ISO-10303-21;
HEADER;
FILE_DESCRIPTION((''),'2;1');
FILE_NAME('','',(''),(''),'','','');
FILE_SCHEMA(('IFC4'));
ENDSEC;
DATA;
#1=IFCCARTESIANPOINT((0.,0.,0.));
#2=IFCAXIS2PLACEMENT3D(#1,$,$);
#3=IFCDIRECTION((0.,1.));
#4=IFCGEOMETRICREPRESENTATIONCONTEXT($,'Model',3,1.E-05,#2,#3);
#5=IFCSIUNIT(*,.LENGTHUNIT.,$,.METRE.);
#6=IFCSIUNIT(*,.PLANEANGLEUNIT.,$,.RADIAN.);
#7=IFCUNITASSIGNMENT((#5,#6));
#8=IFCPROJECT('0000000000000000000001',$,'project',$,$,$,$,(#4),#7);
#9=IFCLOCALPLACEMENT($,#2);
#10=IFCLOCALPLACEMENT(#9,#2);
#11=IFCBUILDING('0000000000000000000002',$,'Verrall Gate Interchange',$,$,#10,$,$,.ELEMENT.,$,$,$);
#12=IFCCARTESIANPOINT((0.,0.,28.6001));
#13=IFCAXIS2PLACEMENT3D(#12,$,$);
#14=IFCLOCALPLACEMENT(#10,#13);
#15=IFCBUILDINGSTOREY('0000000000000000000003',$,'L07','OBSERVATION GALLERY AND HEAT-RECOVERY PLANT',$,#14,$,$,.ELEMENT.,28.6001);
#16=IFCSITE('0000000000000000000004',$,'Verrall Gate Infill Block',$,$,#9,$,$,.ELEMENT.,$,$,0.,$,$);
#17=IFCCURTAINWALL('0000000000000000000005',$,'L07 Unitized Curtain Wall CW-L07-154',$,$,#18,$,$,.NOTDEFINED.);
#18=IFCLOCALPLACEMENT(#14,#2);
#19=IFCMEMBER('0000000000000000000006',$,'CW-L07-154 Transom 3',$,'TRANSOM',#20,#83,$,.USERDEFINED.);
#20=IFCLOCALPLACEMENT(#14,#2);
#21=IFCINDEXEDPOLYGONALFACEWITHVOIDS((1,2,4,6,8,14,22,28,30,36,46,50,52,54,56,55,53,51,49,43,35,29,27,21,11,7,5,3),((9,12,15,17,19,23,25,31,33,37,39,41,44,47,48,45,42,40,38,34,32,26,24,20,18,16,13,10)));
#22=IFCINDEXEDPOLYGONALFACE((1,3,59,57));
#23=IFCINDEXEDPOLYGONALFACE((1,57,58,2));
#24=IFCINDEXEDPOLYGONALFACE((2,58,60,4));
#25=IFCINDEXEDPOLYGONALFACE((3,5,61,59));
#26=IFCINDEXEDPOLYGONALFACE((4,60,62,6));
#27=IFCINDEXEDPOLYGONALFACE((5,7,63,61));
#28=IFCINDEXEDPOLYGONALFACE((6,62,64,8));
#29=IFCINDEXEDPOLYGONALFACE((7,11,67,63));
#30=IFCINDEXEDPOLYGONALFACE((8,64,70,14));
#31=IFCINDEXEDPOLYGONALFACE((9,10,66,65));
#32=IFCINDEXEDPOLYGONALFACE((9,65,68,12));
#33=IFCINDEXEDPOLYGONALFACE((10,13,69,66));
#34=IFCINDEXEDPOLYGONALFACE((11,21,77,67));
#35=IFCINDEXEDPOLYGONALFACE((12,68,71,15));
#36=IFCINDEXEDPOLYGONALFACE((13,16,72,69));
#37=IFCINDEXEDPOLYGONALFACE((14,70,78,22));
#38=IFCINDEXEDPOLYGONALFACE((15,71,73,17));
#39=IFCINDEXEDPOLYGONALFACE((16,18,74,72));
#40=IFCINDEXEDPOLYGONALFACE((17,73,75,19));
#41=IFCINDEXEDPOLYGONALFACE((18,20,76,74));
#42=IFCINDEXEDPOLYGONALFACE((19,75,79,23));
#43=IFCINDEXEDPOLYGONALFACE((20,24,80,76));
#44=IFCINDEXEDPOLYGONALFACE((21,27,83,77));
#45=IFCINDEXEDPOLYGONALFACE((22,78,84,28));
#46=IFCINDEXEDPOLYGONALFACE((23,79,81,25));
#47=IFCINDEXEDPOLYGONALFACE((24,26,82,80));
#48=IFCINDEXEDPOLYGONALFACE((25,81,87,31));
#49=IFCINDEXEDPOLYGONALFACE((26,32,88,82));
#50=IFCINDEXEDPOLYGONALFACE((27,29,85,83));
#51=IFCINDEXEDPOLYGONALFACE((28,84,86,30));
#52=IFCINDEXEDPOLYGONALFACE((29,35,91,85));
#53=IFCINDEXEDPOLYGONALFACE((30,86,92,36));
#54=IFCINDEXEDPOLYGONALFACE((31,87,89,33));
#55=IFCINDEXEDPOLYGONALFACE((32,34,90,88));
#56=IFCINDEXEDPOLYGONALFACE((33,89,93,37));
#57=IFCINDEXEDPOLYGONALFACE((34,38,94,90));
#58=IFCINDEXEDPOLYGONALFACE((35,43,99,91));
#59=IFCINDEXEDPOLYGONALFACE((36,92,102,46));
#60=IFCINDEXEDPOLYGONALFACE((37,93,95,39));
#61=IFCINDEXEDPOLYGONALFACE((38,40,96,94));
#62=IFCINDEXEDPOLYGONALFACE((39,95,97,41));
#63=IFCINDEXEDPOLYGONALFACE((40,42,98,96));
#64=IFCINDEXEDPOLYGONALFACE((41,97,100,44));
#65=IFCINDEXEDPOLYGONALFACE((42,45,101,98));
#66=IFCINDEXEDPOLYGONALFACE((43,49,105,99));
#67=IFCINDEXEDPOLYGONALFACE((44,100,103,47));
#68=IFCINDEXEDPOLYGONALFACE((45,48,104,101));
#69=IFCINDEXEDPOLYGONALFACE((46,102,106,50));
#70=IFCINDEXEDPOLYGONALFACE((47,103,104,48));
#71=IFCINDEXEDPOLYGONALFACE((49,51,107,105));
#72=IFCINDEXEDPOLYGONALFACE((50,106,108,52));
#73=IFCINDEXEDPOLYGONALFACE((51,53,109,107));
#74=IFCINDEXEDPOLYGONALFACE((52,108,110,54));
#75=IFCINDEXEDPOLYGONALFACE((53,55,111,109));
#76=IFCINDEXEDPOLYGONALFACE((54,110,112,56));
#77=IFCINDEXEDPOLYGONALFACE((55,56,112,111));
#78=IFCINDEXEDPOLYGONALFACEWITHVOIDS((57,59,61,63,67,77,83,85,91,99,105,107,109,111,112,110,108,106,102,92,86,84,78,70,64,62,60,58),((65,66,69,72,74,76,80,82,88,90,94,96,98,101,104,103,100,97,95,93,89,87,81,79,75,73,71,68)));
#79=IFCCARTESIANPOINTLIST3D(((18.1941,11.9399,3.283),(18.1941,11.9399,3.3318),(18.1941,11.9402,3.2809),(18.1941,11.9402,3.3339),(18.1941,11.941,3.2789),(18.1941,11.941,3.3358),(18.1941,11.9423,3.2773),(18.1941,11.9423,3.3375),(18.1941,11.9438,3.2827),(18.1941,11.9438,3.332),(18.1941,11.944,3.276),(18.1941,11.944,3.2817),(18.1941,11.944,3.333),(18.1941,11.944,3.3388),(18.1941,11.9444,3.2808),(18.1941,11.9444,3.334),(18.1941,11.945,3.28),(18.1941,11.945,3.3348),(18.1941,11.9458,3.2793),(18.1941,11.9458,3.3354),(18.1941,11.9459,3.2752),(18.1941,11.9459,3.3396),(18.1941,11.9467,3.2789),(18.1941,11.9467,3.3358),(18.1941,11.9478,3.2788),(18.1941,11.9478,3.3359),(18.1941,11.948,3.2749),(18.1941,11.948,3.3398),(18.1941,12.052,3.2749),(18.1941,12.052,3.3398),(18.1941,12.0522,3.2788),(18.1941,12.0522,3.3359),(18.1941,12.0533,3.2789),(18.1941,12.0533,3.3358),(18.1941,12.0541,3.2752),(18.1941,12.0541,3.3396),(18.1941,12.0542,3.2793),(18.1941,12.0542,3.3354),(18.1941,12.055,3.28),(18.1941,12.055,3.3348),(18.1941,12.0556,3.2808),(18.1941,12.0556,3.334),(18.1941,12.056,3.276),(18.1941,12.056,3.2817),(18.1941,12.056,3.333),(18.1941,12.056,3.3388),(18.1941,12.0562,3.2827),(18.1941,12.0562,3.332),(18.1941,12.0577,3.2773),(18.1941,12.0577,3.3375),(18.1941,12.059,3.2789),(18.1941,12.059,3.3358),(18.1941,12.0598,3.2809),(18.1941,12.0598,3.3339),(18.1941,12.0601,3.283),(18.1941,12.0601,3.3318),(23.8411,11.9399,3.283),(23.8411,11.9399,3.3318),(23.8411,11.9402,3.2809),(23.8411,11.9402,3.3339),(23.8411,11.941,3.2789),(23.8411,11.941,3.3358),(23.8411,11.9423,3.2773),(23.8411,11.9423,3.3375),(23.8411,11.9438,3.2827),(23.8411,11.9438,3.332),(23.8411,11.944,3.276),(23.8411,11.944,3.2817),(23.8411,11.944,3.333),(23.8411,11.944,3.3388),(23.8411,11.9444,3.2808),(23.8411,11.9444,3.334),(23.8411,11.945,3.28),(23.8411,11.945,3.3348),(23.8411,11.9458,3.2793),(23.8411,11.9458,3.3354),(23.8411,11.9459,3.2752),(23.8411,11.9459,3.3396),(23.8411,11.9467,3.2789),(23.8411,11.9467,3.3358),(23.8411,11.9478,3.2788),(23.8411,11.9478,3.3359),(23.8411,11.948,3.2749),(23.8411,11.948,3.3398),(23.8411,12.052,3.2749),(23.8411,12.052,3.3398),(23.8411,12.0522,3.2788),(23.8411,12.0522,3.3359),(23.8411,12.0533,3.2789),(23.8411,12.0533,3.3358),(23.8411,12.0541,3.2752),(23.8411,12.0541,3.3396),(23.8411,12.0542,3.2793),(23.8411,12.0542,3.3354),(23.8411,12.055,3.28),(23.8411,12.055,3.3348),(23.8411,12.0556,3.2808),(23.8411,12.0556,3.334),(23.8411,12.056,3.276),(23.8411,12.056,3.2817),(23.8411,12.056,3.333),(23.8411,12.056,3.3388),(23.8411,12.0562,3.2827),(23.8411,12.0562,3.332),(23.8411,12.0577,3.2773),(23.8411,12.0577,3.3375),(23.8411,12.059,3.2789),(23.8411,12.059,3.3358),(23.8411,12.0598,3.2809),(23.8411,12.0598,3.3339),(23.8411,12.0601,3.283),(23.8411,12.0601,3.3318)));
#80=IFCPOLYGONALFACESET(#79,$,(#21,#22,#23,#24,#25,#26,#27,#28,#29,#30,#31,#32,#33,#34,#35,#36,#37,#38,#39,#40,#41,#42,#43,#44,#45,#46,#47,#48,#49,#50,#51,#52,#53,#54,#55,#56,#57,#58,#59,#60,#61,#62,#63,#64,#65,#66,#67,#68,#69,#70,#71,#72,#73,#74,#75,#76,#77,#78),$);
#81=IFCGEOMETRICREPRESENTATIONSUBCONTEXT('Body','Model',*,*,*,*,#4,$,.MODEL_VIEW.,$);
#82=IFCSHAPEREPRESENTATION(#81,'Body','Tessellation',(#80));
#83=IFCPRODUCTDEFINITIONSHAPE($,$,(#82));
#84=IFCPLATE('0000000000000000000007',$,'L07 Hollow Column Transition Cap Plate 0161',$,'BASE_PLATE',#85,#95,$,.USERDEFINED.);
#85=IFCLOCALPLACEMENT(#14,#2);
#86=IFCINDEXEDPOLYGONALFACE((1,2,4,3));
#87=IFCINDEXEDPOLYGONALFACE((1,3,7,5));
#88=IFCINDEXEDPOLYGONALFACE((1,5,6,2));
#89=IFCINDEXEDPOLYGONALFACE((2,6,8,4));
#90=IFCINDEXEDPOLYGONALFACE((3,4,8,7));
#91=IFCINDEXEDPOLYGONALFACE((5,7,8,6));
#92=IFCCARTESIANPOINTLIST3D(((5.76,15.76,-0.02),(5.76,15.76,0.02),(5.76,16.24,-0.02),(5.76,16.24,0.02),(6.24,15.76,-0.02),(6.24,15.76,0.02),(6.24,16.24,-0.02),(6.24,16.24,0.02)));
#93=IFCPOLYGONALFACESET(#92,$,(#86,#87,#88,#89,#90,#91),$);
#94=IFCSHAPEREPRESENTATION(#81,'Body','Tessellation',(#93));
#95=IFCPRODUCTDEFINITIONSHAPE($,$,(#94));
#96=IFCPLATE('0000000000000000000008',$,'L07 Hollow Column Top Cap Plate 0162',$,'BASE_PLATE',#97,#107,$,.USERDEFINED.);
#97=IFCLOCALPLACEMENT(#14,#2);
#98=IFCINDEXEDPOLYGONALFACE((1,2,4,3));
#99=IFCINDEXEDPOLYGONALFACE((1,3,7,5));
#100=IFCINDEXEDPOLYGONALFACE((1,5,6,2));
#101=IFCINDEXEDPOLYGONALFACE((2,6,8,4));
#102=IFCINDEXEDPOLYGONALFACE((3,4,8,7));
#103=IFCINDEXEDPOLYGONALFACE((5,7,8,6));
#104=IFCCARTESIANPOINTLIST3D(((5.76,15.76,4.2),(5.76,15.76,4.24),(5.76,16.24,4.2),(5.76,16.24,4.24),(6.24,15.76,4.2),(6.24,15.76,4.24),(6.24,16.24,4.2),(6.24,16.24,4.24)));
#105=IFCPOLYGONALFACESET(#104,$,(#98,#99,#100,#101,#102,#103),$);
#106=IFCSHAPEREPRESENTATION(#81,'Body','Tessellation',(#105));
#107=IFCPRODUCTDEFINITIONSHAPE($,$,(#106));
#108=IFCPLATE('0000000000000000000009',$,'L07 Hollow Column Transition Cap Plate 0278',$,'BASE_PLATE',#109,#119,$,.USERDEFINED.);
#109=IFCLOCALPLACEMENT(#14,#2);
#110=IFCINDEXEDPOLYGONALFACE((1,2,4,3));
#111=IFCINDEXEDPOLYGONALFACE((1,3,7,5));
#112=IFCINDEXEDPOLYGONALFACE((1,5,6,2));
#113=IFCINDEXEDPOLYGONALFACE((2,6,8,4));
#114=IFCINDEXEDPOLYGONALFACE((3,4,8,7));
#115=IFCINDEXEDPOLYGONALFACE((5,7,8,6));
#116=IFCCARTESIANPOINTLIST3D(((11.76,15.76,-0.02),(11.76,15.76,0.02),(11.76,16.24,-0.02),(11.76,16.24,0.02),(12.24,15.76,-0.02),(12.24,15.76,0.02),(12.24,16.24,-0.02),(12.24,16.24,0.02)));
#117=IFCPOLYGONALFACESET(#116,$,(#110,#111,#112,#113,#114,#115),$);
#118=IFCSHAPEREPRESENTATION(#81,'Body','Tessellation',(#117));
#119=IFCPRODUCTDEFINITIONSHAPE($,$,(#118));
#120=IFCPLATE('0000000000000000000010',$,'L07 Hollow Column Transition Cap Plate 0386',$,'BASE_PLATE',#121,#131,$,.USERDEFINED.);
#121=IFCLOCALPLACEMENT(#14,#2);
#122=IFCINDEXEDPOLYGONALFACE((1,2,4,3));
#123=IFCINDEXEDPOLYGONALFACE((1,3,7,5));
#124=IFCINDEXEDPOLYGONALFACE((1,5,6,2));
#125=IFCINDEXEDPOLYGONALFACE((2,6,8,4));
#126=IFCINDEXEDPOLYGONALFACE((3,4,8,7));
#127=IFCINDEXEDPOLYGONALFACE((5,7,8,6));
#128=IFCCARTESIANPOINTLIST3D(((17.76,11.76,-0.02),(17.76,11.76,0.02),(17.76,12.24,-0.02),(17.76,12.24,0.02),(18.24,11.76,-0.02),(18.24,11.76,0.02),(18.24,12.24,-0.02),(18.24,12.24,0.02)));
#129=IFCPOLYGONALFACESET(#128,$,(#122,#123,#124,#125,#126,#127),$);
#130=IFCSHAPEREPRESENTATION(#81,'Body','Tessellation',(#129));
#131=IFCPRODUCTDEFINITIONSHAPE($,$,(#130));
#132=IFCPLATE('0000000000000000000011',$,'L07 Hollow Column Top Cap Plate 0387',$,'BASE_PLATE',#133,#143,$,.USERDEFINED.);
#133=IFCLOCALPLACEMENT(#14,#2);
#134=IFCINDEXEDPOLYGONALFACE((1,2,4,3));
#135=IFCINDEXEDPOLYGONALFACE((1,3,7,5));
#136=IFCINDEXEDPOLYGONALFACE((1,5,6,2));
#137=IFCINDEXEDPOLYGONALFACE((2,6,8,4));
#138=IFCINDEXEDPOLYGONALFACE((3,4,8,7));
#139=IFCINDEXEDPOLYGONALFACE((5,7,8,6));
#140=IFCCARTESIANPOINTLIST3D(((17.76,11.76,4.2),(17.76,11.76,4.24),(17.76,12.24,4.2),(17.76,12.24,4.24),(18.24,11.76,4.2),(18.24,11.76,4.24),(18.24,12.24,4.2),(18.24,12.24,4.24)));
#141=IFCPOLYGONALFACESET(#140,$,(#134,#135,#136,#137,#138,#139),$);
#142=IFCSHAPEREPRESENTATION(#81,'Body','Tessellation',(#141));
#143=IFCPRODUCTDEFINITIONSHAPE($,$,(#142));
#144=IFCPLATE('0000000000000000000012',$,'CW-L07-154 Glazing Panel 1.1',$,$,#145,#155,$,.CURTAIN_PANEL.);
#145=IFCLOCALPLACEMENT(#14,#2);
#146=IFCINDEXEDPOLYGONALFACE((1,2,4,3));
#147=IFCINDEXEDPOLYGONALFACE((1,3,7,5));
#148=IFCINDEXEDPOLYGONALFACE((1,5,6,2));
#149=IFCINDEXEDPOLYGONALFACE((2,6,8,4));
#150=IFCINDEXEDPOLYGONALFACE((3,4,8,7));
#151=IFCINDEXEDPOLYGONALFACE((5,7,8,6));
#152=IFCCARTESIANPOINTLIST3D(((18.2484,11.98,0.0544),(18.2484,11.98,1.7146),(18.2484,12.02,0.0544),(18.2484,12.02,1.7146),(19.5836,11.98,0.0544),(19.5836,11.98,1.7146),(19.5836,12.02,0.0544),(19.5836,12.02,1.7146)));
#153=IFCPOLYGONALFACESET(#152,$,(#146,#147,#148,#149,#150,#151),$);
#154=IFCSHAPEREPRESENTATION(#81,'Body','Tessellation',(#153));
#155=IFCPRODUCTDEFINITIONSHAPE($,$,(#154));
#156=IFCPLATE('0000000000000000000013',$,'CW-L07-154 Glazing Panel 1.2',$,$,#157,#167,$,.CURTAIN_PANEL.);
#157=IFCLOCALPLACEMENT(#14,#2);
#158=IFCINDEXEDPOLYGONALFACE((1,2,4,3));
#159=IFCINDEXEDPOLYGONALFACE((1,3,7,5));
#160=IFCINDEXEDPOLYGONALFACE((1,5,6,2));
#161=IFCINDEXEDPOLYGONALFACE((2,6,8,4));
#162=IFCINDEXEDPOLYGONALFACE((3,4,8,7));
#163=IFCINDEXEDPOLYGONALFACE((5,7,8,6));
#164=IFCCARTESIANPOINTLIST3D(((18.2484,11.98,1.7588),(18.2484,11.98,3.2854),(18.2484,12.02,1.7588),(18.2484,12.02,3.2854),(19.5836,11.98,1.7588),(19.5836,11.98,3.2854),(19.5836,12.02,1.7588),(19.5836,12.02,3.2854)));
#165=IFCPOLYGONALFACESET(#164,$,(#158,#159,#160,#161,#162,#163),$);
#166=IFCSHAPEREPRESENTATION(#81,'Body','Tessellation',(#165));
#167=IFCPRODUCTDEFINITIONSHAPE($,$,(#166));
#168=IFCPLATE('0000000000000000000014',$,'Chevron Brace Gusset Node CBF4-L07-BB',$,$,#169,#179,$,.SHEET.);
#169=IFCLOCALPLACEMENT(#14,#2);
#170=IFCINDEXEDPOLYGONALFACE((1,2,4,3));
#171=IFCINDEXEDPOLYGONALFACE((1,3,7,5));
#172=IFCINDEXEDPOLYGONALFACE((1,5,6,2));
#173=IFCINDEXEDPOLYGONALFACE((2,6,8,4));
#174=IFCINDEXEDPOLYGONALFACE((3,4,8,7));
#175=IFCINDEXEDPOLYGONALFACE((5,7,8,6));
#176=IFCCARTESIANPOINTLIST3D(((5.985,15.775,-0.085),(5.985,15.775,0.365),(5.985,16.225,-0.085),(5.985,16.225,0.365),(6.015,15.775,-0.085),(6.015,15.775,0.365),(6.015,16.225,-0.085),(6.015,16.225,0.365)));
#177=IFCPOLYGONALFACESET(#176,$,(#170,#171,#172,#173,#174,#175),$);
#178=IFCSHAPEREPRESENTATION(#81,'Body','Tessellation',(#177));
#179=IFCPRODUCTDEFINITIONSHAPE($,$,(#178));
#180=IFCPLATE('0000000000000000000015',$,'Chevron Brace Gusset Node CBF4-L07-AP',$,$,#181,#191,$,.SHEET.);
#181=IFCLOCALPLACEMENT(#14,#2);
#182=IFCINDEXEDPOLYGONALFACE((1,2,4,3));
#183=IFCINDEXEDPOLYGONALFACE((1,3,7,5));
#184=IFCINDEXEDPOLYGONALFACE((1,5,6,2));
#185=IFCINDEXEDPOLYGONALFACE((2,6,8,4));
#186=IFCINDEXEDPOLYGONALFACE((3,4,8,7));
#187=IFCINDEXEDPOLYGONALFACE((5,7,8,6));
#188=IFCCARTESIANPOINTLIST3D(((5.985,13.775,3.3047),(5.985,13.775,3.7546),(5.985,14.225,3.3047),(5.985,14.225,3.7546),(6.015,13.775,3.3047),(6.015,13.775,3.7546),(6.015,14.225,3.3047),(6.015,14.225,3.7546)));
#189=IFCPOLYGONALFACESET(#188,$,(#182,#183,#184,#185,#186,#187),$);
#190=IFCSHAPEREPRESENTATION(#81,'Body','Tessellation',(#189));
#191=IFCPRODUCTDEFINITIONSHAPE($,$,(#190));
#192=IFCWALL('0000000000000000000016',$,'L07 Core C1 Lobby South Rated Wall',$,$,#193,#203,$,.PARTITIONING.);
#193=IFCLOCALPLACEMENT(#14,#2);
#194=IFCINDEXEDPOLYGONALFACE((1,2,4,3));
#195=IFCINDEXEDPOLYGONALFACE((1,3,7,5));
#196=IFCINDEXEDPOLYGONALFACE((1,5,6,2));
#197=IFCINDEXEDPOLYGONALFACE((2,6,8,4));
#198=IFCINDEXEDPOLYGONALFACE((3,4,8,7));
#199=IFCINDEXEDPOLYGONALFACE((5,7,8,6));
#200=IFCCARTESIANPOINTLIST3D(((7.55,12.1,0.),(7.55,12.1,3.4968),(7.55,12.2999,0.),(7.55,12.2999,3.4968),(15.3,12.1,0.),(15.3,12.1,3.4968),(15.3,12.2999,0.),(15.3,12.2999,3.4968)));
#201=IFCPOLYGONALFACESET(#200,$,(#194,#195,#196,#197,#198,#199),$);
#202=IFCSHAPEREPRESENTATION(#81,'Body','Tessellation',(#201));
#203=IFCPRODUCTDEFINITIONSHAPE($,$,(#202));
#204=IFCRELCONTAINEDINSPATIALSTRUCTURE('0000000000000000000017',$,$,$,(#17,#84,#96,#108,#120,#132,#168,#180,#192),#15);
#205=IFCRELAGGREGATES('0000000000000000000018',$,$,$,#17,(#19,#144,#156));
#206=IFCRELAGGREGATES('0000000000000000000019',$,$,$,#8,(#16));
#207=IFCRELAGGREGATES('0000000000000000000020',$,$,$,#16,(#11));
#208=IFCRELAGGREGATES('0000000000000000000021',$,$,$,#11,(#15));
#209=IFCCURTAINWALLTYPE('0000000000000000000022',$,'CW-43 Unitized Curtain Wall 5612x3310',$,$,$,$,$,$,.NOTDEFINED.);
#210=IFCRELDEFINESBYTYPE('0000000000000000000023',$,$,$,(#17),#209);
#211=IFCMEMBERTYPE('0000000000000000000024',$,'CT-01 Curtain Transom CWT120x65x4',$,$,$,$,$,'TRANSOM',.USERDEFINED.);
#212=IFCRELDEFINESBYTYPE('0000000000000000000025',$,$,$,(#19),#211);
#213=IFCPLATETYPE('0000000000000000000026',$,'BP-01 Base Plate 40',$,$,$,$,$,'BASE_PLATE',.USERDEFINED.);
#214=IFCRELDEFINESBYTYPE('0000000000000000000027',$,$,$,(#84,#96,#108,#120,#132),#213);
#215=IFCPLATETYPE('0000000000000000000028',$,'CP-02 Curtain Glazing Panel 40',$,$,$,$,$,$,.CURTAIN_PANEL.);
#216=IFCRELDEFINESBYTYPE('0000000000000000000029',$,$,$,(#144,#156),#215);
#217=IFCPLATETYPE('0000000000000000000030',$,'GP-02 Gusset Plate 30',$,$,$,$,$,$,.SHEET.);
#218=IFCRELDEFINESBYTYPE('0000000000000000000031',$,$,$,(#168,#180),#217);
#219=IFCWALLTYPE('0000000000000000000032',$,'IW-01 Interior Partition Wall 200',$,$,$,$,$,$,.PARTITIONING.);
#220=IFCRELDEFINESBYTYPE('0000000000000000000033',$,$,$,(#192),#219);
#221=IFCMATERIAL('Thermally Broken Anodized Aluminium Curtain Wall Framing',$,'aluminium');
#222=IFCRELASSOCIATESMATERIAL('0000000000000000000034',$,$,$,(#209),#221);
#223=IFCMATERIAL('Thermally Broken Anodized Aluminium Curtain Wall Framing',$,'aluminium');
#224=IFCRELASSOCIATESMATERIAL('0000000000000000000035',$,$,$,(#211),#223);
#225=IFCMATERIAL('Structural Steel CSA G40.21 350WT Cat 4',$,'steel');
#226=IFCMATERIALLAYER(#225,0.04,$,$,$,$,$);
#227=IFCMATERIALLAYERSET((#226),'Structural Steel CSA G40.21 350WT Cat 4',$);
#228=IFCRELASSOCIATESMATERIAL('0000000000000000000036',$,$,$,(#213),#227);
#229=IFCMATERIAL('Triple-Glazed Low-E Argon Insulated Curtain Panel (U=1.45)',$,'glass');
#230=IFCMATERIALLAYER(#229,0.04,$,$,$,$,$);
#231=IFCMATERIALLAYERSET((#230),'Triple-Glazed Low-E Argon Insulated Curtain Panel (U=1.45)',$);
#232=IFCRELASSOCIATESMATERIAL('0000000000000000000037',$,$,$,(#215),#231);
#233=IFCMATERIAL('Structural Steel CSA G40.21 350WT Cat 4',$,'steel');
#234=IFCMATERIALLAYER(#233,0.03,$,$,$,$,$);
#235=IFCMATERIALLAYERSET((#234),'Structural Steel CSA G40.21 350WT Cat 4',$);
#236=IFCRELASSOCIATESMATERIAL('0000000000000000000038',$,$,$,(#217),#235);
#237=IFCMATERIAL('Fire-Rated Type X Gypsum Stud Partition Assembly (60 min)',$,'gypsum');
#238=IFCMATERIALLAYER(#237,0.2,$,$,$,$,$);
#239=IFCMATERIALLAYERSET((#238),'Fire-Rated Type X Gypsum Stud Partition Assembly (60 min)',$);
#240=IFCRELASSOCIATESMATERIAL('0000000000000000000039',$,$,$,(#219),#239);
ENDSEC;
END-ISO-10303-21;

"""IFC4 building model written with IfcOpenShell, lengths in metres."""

from ifc_helpers import new_model, si_unit, direction, frame, frame_2d, origin, origin_2d, place, context, subcontext, project, spatial, rectangle, hollow_rectangle, extrude, material, layer, layer_set, material_profile, profile_set, type_object, element, aggregate, save


model = new_model("IFC4")

# Units and contexts
model_context = context("Model", 3, precision=1e-05, world=origin(), true_north=direction((0.0, 1.0)))
body_context = subcontext(model_context, "Body", "Model", "MODEL_VIEW")
ifc_project = project(units=[si_unit("LENGTHUNIT", "METRE"), si_unit("PLANEANGLEUNIT", "RADIAN")], contexts=[model_context])

# Site, building, storey
site_placement = place(None, origin())
site = spatial("IfcSite", under=ifc_project, at=site_placement, Name="Verrall Gate Infill Block", CompositionType="ELEMENT", RefElevation=0.0)
building_placement = place(site_placement, origin())
building = spatial("IfcBuilding", under=site, at=building_placement, Name="Verrall Gate Interchange", CompositionType="ELEMENT")
storey_placement = place(building_placement, frame((0.0, 0.0, 28.6001)))
storey = spatial("IfcBuildingStorey", under=building, at=storey_placement, Name="L07", Description="OBSERVATION GALLERY AND HEAT-RECOVERY PLANT", CompositionType="ELEMENT", Elevation=28.6001)

# Curtain wall
ifc_material_1 = material(Name="Thermally Broken Anodized Aluminium Curtain Wall Framing", Category="aluminium")
curtain_wall_type_1 = type_object("IfcCurtainWallType", Name="CW-43 Unitized Curtain Wall 5612x3310", PredefinedType="NOTDEFINED", material=ifc_material_1)
curtain_wall_1_placement = place(storey_placement, origin())
curtain_wall_1 = element("IfcCurtainWall", 1, at=curtain_wall_1_placement, inside=storey, type_object=curtain_wall_type_1, Name="L07 Unitized Curtain Wall CW-L07-154", PredefinedType="NOTDEFINED")

# Member
ifc_material_2 = material(Name="Thermally Broken Anodized Aluminium Curtain Wall Framing", Category="aluminium")
ifc_material_profile_1 = material_profile(ifc_material_2, hollow_rectangle(XDim=0.1201, YDim=0.0649, WallThickness=0.0039, InnerFilletRadius=0.0039, OuterFilletRadius=0.0081, at=origin_2d()), Name="CWT120x65x4")
ifc_profile_set_1 = profile_set([ifc_material_profile_1], Name="Thermally Broken Anodized Aluminium Curtain Wall Framing")
member_type_1 = type_object("IfcMemberType", Name="CT-01 Curtain Transom CWT120x65x4", ElementType="TRANSOM", PredefinedType="USERDEFINED", material=ifc_profile_set_1)
member_1_placement = place(storey_placement, frame((18.1941, 12.0, 3.3074), z_axis=(1.0, 0.0, 0.0), x_axis=(0.0, 1.0, 0.0)))
member_1 = element("IfcMember", 2, at=member_1_placement, type_object=member_type_1, Name="CW-L07-154 Transom 3", ObjectType="TRANSOM", PredefinedType="USERDEFINED", context=body_context, shape_type="SweptSolid", body=[
    extrude(hollow_rectangle(XDim=0.1201, YDim=0.0649, WallThickness=0.0039, InnerFilletRadius=0.0039, OuterFilletRadius=0.0081, at=origin_2d()), origin(), (0.0, 0.0, 1.0), 5.647),
])

# Plates
ifc_material_3 = material(Name="Structural Steel CSA G40.21 350WT Cat 4", Category="steel")
ifc_layer_1 = layer(ifc_material_3, 0.04)
ifc_layer_set_1 = layer_set([ifc_layer_1], Name="Structural Steel CSA G40.21 350WT Cat 4")
plate_type_1 = type_object("IfcPlateType", Name="BP-01 Base Plate 40", ElementType="BASE_PLATE", PredefinedType="USERDEFINED", material=ifc_layer_set_1)
for number, where, z_axis, x_axis, name in (
    (3, (6.0, 16.0, -0.02), (0.0, 0.0, 1.0), (1.0, 0.0, 0.0), "L07 Hollow Column Transition Cap Plate 0161"),
    (4, (6.0, 16.0, 4.2), (0.0, 0.0, 1.0), (1.0, 0.0, 0.0), "L07 Hollow Column Top Cap Plate 0162"),
    (5, (12.0, 16.0, -0.02), (0.0, 0.0, 1.0), (1.0, 0.0, 0.0), "L07 Hollow Column Transition Cap Plate 0278"),
    (6, (18.0, 12.0, -0.02), (0.0, 0.0, 1.0), (1.0, 0.0, 0.0), "L07 Hollow Column Transition Cap Plate 0386"),
    (7, (18.0, 12.0, 4.2), (0.0, 0.0, 1.0), (1.0, 0.0, 0.0), "L07 Hollow Column Top Cap Plate 0387"),
):
    element("IfcPlate", number, at=place(storey_placement, frame(where, z_axis=z_axis, x_axis=x_axis)), inside=storey, type_object=plate_type_1, Name=name, ObjectType="BASE_PLATE", PredefinedType="USERDEFINED", context=body_context, shape_type="SweptSolid", body=[
        extrude(rectangle(XDim=0.48, YDim=0.48, at=origin_2d()), origin(), (0.0, 0.0, 1.0), 0.04),
    ])

# Plates
ifc_material_4 = material(Name="Triple-Glazed Low-E Argon Insulated Curtain Panel (U=1.45)", Category="glass")
ifc_layer_2 = layer(ifc_material_4, 0.04)
ifc_layer_set_2 = layer_set([ifc_layer_2], Name="Triple-Glazed Low-E Argon Insulated Curtain Panel (U=1.45)")
plate_type_2 = type_object("IfcPlateType", Name="CP-02 Curtain Glazing Panel 40", PredefinedType="CURTAIN_PANEL", material=ifc_layer_set_2)
plate_1_placement = place(storey_placement, frame((18.916, 12.0, 0.0544), z_axis=(0.0, 0.0, 1.0), x_axis=(1.0, 0.0, 0.0)))
plate_1 = element("IfcPlate", 8, at=plate_1_placement, type_object=plate_type_2, Name="CW-L07-154 Glazing Panel 1.1", PredefinedType="CURTAIN_PANEL", context=body_context, shape_type="SweptSolid", body=[
    extrude(rectangle(XDim=1.3352, YDim=0.04, at=origin_2d()), origin(), (0.0, 0.0, 1.0), 1.6602),
])
plate_2_placement = place(storey_placement, frame((18.916, 12.0, 1.7588), z_axis=(0.0, 0.0, 1.0), x_axis=(1.0, 0.0, 0.0)))
plate_2 = element("IfcPlate", 9, at=plate_2_placement, type_object=plate_type_2, Name="CW-L07-154 Glazing Panel 1.2", PredefinedType="CURTAIN_PANEL", context=body_context, shape_type="SweptSolid", body=[
    extrude(rectangle(XDim=1.3352, YDim=0.04, at=origin_2d()), origin(), (0.0, 0.0, 1.0), 1.5266),
])
aggregate(curtain_wall_1, [member_1, plate_1, plate_2])

# Plates
ifc_material_5 = material(Name="Structural Steel CSA G40.21 350WT Cat 4", Category="steel")
ifc_layer_3 = layer(ifc_material_5, 0.03)
ifc_layer_set_3 = layer_set([ifc_layer_3], Name="Structural Steel CSA G40.21 350WT Cat 4")
plate_type_3 = type_object("IfcPlateType", Name="GP-02 Gusset Plate 30", PredefinedType="SHEET", material=ifc_layer_set_3)
for number, where, z_axis, x_axis, name in (
    (10, (6.0, 16.0, -0.085), (0.0, 0.0, 1.0), (1.0, 0.0, 0.0), "Chevron Brace Gusset Node CBF4-L07-BB"),
    (11, (6.0, 14.0, 3.3047), (0.0, 0.0, 1.0), (1.0, 0.0, 0.0), "Chevron Brace Gusset Node CBF4-L07-AP"),
):
    element("IfcPlate", number, at=place(storey_placement, frame(where, z_axis=z_axis, x_axis=x_axis)), inside=storey, type_object=plate_type_3, Name=name, PredefinedType="SHEET", context=body_context, shape_type="SweptSolid", body=[
        extrude(rectangle(XDim=0.03, YDim=0.45, at=origin_2d()), origin(), (0.0, 0.0, 1.0), 0.45),
    ])

# Wall
ifc_material_6 = material(Name="Fire-Rated Type X Gypsum Stud Partition Assembly (60 min)", Category="gypsum")
ifc_layer_4 = layer(ifc_material_6, 0.2)
ifc_layer_set_4 = layer_set([ifc_layer_4], Name="Fire-Rated Type X Gypsum Stud Partition Assembly (60 min)")
wall_type_1 = type_object("IfcWallType", Name="IW-01 Interior Partition Wall 200", PredefinedType="PARTITIONING", material=ifc_layer_set_4)
wall_1_placement = place(storey_placement, frame((7.55, 12.2, 0.0), z_axis=(0.0, 0.0, 1.0), x_axis=(1.0, 0.0, 0.0)))
element("IfcWall", 12, at=wall_1_placement, inside=storey, type_object=wall_type_1, Name="L07 Core C1 Lobby South Rated Wall", PredefinedType="PARTITIONING", context=body_context, shape_type="SweptSolid", body=[
    extrude(rectangle(XDim=7.75, YDim=0.2, at=frame_2d((3.875, 0.0))), origin(), (0.0, 0.0, 1.0), 3.4968),
])

save(model, "model.ifc")
